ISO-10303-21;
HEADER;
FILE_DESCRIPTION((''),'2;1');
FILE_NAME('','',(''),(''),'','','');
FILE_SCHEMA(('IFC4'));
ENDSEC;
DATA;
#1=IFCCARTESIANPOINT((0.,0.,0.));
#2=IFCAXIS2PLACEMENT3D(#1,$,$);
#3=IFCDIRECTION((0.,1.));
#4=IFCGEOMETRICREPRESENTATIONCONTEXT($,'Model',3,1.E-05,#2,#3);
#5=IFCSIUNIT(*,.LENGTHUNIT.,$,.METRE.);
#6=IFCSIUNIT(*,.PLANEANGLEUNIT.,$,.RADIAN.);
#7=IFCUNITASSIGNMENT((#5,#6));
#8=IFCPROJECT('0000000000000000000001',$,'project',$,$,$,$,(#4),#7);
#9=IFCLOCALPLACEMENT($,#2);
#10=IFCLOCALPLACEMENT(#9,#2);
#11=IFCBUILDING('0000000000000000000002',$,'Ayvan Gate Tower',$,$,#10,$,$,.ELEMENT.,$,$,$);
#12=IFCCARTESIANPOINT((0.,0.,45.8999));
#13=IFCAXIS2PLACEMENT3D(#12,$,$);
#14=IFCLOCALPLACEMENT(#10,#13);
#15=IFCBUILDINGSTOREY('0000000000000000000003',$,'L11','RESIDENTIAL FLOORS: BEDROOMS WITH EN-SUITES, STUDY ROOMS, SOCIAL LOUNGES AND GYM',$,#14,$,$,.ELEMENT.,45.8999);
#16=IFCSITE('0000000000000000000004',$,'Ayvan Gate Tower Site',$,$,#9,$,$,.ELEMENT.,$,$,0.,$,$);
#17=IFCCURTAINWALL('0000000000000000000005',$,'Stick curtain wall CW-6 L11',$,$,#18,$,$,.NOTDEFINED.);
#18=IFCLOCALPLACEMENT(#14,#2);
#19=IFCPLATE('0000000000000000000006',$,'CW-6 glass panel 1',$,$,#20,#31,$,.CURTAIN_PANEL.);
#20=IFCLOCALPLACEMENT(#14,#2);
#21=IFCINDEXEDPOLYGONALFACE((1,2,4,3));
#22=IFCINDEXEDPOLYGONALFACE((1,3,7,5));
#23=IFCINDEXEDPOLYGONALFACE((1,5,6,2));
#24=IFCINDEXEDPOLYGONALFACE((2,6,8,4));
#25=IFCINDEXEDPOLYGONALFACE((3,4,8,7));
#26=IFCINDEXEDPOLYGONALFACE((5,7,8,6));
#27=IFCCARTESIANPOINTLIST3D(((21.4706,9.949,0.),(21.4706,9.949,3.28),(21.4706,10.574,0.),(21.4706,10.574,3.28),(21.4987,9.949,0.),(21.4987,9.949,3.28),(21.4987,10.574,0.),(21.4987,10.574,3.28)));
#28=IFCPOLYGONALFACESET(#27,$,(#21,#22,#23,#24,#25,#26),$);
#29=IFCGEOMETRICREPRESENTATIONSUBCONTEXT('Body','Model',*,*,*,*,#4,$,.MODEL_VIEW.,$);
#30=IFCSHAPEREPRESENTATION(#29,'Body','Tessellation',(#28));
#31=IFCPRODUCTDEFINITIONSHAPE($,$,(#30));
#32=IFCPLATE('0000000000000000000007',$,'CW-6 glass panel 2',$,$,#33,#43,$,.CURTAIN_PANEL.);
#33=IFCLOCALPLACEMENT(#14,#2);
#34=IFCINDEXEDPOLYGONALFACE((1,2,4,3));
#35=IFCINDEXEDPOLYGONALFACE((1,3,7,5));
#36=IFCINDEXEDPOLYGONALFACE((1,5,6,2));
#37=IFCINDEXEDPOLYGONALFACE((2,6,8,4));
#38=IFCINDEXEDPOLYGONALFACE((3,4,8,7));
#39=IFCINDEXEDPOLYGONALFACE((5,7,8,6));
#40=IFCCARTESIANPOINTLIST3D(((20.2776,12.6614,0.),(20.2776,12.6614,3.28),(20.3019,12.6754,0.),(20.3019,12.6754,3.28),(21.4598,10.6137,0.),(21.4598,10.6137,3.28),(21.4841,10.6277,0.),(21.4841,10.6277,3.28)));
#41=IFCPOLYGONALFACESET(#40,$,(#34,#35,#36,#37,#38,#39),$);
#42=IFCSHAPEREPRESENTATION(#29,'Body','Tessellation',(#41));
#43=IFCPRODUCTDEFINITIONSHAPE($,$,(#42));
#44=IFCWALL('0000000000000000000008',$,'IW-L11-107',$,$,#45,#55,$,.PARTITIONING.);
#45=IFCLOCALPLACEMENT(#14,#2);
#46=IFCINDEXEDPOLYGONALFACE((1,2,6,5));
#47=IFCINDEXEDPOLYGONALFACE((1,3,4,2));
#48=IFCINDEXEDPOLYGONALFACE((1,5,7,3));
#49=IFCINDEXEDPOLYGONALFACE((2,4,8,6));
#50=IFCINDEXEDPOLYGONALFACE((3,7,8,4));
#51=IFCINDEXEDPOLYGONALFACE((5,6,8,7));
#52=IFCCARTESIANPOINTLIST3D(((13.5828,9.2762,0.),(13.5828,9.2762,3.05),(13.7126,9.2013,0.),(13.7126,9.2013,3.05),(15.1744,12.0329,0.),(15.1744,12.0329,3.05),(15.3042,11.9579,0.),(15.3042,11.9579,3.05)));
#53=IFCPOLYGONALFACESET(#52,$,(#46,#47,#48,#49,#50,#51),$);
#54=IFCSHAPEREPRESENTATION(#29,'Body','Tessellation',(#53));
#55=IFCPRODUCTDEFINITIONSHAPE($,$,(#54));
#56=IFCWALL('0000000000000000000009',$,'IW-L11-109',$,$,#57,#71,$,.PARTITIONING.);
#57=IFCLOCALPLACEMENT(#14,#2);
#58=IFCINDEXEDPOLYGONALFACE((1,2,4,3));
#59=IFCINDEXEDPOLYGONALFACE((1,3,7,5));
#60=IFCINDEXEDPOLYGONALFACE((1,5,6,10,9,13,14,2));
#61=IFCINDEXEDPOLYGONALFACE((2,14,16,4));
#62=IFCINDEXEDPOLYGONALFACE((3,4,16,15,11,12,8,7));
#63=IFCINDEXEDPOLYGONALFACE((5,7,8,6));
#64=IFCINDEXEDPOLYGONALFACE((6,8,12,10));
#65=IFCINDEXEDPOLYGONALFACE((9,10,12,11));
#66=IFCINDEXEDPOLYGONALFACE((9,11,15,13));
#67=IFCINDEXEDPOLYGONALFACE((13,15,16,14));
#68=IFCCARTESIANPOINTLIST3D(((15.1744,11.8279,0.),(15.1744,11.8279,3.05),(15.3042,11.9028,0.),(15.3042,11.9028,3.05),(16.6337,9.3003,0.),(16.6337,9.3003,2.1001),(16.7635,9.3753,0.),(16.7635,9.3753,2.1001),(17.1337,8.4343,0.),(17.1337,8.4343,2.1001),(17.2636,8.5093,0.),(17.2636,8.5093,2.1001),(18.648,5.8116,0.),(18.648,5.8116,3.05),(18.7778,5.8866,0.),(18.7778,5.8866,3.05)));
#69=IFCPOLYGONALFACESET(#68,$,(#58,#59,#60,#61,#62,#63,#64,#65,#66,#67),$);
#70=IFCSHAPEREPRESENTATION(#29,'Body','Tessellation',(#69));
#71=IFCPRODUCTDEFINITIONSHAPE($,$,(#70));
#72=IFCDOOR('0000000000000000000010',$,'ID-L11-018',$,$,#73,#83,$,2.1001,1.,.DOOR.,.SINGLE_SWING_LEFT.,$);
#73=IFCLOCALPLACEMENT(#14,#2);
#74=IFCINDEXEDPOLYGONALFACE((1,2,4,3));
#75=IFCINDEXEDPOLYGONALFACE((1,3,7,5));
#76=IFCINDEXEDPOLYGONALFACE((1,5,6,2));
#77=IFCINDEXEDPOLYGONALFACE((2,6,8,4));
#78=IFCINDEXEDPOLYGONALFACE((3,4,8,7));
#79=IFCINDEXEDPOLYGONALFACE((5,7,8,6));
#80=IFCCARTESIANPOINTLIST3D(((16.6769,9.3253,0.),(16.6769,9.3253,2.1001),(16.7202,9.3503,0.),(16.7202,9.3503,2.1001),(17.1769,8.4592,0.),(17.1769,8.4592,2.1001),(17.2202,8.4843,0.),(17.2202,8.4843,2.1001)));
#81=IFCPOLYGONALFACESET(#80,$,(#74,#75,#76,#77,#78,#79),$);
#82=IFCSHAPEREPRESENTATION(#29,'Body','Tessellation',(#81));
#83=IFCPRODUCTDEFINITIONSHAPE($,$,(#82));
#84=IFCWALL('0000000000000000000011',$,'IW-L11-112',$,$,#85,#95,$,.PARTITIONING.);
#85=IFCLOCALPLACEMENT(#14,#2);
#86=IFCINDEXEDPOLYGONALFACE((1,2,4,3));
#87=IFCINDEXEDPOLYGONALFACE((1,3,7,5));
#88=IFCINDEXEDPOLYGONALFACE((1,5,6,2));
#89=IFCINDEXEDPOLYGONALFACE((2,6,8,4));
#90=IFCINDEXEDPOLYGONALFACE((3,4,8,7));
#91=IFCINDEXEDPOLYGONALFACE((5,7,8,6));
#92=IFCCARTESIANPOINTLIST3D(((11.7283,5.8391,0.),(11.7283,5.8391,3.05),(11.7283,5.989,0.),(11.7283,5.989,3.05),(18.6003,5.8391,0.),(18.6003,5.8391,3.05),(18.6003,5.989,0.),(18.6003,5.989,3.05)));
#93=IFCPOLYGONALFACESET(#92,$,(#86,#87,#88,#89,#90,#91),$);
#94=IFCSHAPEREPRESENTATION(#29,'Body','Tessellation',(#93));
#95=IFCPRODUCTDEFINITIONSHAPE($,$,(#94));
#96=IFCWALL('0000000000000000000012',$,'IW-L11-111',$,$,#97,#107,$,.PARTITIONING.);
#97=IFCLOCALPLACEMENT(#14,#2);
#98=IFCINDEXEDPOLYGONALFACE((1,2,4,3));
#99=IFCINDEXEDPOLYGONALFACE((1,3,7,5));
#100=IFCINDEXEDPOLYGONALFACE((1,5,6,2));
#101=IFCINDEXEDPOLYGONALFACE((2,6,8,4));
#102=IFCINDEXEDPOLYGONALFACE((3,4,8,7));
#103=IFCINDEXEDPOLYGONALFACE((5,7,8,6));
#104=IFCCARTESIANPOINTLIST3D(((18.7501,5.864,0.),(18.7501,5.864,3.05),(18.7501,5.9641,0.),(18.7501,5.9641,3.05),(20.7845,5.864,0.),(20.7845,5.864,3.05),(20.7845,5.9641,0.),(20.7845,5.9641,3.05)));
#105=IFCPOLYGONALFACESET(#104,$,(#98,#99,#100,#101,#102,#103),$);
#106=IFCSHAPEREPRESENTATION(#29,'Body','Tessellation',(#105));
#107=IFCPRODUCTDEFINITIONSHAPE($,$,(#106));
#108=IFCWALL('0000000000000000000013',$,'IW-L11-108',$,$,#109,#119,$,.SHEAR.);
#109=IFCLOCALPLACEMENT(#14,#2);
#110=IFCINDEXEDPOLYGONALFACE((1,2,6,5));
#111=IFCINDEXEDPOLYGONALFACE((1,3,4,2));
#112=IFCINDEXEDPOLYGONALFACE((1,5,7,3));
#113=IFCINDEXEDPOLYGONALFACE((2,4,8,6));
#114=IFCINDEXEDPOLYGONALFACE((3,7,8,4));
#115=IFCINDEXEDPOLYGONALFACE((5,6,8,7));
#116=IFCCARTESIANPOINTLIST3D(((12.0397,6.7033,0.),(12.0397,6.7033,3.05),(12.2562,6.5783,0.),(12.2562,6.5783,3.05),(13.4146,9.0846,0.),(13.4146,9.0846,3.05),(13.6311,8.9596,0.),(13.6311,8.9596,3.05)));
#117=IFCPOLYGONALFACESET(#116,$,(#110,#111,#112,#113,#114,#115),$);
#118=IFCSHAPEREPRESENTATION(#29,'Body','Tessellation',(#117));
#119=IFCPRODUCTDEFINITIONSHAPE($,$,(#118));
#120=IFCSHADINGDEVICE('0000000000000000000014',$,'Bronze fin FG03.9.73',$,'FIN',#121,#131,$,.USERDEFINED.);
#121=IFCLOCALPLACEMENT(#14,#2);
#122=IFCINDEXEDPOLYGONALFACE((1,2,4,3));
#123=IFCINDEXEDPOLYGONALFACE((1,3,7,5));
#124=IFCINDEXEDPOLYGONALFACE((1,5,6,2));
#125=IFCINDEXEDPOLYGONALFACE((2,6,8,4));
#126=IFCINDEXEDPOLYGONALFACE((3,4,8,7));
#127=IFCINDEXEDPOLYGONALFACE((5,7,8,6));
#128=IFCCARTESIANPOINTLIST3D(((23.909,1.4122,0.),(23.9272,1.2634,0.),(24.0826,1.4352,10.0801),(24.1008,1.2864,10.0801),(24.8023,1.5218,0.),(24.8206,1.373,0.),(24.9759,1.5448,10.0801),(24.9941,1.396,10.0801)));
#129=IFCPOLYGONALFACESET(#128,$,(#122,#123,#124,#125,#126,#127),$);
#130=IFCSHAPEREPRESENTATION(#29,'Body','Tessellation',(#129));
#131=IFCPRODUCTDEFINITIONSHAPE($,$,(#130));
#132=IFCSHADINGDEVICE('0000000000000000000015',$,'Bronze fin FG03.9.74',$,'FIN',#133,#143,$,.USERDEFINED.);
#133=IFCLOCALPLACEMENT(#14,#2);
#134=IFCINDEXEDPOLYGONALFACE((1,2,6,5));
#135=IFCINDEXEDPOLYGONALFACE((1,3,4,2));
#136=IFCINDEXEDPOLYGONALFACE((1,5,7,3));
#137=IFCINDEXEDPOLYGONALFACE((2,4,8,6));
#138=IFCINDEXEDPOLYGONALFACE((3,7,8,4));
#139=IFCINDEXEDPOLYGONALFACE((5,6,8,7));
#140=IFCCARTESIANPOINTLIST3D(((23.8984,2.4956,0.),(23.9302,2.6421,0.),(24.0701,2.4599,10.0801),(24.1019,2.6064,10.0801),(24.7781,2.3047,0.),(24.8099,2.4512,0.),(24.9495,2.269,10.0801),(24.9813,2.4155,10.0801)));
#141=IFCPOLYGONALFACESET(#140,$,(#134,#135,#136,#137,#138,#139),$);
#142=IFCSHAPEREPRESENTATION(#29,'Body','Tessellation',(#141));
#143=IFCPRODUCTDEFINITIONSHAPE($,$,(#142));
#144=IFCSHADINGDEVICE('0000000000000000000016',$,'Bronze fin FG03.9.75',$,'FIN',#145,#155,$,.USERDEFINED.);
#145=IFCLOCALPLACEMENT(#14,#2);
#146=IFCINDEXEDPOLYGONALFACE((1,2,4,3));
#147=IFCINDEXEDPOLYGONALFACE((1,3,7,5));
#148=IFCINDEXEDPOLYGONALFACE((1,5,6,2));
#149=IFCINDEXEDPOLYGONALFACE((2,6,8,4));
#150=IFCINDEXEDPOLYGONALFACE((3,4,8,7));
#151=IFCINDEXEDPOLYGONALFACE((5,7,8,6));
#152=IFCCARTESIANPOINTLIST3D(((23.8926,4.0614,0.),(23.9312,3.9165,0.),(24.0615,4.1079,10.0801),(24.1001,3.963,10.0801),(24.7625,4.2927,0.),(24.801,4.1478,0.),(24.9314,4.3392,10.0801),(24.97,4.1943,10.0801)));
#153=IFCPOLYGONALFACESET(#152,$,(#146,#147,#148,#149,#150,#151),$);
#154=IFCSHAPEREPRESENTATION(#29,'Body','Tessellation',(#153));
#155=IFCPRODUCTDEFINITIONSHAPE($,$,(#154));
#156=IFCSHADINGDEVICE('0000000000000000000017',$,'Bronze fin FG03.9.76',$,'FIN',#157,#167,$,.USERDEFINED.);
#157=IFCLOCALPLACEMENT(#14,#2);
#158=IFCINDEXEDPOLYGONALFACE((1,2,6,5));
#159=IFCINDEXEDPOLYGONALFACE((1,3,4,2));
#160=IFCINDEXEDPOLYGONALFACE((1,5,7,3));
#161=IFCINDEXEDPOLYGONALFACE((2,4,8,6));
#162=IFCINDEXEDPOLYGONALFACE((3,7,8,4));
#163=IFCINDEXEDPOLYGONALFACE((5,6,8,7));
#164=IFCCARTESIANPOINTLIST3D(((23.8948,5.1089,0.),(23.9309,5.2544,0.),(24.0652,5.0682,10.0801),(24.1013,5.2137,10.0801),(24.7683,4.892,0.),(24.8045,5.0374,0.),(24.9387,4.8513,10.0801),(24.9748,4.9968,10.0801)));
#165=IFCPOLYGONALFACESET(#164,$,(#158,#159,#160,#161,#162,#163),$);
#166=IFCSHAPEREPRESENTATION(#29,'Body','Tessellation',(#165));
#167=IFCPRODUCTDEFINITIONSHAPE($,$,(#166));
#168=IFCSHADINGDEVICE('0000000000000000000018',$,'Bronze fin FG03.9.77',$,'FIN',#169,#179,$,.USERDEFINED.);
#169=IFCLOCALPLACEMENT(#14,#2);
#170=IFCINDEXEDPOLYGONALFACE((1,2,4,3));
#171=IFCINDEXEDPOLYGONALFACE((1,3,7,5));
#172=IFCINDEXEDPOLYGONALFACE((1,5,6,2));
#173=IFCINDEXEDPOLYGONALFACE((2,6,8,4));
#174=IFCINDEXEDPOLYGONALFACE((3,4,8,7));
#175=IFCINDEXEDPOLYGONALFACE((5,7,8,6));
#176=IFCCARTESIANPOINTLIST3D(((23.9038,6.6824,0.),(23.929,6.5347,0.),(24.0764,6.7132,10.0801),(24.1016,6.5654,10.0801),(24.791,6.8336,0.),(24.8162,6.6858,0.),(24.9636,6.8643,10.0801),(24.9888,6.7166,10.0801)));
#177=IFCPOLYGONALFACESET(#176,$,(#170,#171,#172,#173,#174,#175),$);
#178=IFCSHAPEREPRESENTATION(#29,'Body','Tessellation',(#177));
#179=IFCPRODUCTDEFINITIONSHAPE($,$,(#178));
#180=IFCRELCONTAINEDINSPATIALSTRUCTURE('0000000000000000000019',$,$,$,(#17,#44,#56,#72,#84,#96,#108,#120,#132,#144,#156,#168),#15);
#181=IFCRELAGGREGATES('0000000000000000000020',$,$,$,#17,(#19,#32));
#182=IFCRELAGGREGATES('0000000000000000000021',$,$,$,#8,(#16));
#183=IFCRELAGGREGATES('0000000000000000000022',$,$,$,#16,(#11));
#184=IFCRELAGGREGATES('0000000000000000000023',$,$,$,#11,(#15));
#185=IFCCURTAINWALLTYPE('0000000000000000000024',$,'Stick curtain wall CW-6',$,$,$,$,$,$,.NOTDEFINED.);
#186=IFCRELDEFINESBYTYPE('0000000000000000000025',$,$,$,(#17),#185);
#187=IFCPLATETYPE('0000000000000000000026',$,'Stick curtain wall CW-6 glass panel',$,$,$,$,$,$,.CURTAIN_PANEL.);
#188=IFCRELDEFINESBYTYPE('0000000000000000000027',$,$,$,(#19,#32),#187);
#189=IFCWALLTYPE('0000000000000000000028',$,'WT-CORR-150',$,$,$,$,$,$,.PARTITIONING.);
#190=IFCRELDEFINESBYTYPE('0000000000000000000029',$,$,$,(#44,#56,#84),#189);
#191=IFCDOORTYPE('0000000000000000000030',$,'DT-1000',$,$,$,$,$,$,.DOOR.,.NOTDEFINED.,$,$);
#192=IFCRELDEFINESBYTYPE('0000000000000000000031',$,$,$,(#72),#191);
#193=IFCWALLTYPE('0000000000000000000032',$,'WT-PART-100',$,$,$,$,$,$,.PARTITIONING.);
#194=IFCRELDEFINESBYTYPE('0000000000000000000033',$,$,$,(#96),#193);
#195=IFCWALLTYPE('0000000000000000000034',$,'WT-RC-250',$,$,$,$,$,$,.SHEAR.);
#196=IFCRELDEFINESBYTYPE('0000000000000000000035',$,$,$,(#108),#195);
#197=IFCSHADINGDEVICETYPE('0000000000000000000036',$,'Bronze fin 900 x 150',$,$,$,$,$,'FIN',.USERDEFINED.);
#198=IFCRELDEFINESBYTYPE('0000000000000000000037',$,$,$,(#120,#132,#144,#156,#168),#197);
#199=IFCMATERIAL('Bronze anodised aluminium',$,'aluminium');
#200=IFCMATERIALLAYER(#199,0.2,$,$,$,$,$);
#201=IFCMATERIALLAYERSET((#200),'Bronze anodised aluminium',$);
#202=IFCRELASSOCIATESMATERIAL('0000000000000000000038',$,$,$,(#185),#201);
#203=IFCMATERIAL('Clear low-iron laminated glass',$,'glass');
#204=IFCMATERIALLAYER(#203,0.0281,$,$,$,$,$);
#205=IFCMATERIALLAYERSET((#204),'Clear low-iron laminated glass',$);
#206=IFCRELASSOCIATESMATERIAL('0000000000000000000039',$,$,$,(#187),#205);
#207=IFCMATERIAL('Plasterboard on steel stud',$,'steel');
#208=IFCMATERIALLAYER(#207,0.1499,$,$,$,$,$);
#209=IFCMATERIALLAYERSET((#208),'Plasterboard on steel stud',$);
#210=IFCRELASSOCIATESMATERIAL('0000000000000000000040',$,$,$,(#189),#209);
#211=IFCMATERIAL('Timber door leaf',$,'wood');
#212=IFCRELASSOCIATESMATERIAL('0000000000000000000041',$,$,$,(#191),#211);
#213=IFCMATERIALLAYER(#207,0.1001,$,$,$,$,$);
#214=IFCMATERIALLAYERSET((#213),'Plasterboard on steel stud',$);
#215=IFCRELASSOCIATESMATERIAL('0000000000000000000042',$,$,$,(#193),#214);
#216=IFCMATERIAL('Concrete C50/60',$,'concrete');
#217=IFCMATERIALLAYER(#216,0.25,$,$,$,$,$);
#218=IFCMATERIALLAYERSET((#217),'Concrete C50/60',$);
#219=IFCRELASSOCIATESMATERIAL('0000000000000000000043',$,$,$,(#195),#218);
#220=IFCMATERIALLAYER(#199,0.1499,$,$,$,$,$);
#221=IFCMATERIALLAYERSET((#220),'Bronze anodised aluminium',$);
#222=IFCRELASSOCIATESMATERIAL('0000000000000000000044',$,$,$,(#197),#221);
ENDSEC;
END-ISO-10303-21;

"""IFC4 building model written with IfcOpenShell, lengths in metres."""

from ifc_helpers import new_model, si_unit, direction, frame, frame_2d, origin, origin_2d, place, context, subcontext, project, spatial, polyline, rectangle, outline, extrude, material, layer, layer_set, type_object, element, fill, aggregate, save


model = new_model("IFC4")

# Units and contexts
model_context = context("Model", 3, precision=1e-05, world=origin(), true_north=direction((0.0, 1.0)))
body_context = subcontext(model_context, "Body", "Model", "MODEL_VIEW")
ifc_project = project(units=[si_unit("LENGTHUNIT", "METRE"), si_unit("PLANEANGLEUNIT", "RADIAN")], contexts=[model_context])

# Site, building, storey
site_placement = place(None, origin())
site = spatial("IfcSite", under=ifc_project, at=site_placement, Name="Ayvan Gate Tower Site", CompositionType="ELEMENT", RefElevation=0.0)
building_placement = place(site_placement, origin())
building = spatial("IfcBuilding", under=site, at=building_placement, Name="Ayvan Gate Tower", CompositionType="ELEMENT")
storey_placement = place(building_placement, frame((0.0, 0.0, 45.8999)))
storey = spatial("IfcBuildingStorey", under=building, at=storey_placement, Name="L11", Description="RESIDENTIAL FLOORS: BEDROOMS WITH EN-SUITES, STUDY ROOMS, SOCIAL LOUNGES AND GYM", CompositionType="ELEMENT", Elevation=45.8999)

# Curtain wall
ifc_material_1 = material(Name="Bronze anodised aluminium", Category="aluminium")
ifc_layer_1 = layer(ifc_material_1, 0.2)
ifc_layer_set_1 = layer_set([ifc_layer_1], Name="Bronze anodised aluminium")
curtain_wall_type_1 = type_object("IfcCurtainWallType", Name="Stick curtain wall CW-6", PredefinedType="NOTDEFINED", material=ifc_layer_set_1)
curtain_wall_1_placement = place(storey_placement, origin())
curtain_wall_1 = element("IfcCurtainWall", 1, at=curtain_wall_1_placement, inside=storey, type_object=curtain_wall_type_1, Name="Stick curtain wall CW-6 L11", PredefinedType="NOTDEFINED")

# Plates
ifc_material_2 = material(Name="Clear low-iron laminated glass", Category="glass")
ifc_layer_2 = layer(ifc_material_2, 0.0281)
ifc_layer_set_2 = layer_set([ifc_layer_2], Name="Clear low-iron laminated glass")
plate_type_1 = type_object("IfcPlateType", Name="Stick curtain wall CW-6 glass panel", PredefinedType="CURTAIN_PANEL", material=ifc_layer_set_2)
plate_1_placement = place(storey_placement, frame((21.4846, 10.2615, 0.0), z_axis=(0.0, 0.0, 1.0), x_axis=(0.0, 1.0, 0.0)))
plate_1 = element("IfcPlate", 2, at=plate_1_placement, type_object=plate_type_1, Name="CW-6 glass panel 1", PredefinedType="CURTAIN_PANEL", context=body_context, shape_type="SweptSolid", body=[
    extrude(rectangle(XDim=0.625, YDim=0.0281, at=origin_2d()), origin(), (0.0, 0.0, 1.0), 3.28),
])
plate_2_placement = place(storey_placement, frame((20.8809, 11.6445, 0.0), z_axis=(0.0, 0.0, 1.0), x_axis=(-0.5, 0.866025, 0.0)))
plate_2 = element("IfcPlate", 3, at=plate_2_placement, type_object=plate_type_1, Name="CW-6 glass panel 2", PredefinedType="CURTAIN_PANEL", context=body_context, shape_type="SweptSolid", body=[
    extrude(rectangle(XDim=2.3645, YDim=0.0281, at=origin_2d()), origin(), (0.0, 0.0, 1.0), 3.28),
])
aggregate(curtain_wall_1, [plate_1, plate_2])

# Wall
ifc_material_3 = material(Name="Plasterboard on steel stud", Category="steel")
ifc_layer_3 = layer(ifc_material_3, 0.1499)
ifc_layer_set_3 = layer_set([ifc_layer_3], Name="Plasterboard on steel stud")
wall_type_1 = type_object("IfcWallType", Name="WT-CORR-150", PredefinedType="PARTITIONING", material=ifc_layer_set_3)
wall_1_placement = place(storey_placement, frame((13.6477, 9.2388, 0.0), z_axis=(0.0, 0.0, 1.0), x_axis=(0.500008, 0.866021, 0.0)))
element("IfcWall", 4, at=wall_1_placement, inside=storey, type_object=wall_type_1, Name="IW-L11-107", PredefinedType="PARTITIONING", context=body_context, shape_type="SweptSolid", body=[
    extrude(rectangle(XDim=3.1831, YDim=0.1499, at=frame_2d((1.5916, 0.0))), origin(), (0.0, 0.0, 1.0), 3.05),
])

# Wall, opening, door
wall_2_placement = place(storey_placement, frame((15.2393, 11.8655, 0.0), z_axis=(0.0, 0.0, 1.0), x_axis=(0.500009, -0.86602, 0.0)))
wall_2 = element("IfcWall", 5, at=wall_2_placement, inside=storey, type_object=wall_type_1, Name="IW-L11-109", PredefinedType="PARTITIONING", context=body_context, shape_type="SweptSolid", body=[
    extrude(rectangle(XDim=6.947, YDim=0.1499, at=frame_2d((3.4736, 0.0))), origin(), (0.0, 0.0, 1.0), 3.05),
])
opening_placement = place(wall_2_placement, frame((2.9187, 0.0, 0.0)))
opening = element("IfcOpeningElement", 6, at=opening_placement, cuts=wall_2, PredefinedType="OPENING", context=body_context, shape_type="SweptSolid", body=[
    extrude(rectangle(XDim=1.0, YDim=2.1001, at=frame_2d((0.5, 1.05))), frame((0.0, 0.085, 0.0), z_axis=(0.0, -1.0, 0.0), x_axis=(1.0, 0.0, 0.0)), (0.0, 0.0, 1.0), 0.1699),
])
ifc_material_4 = material(Name="Timber door leaf", Category="wood")
door_type = type_object("IfcDoorType", Name="DT-1000", OperationType="NOTDEFINED", PredefinedType="DOOR", material=ifc_material_4)
door_placement = place(opening_placement, origin())
door = element("IfcDoor", 7, at=door_placement, inside=storey, type_object=door_type, Name="ID-L11-018", OperationType="SINGLE_SWING_LEFT", OverallHeight=2.1001, OverallWidth=1.0, PredefinedType="DOOR", context=body_context, shape_type="SweptSolid", body=[
    extrude(rectangle(XDim=1.0, YDim=2.1001, at=frame_2d((0.5, 1.05))), frame((0.0, 0.0249, 0.0), z_axis=(0.0, -1.0, 0.0), x_axis=(1.0, 0.0, 0.0)), (0.0, 0.0, 1.0), 0.05),
])
fill(opening, door)

# Walls
wall_3_placement = place(storey_placement, frame((18.6003, 5.9141, 0.0), z_axis=(0.0, 0.0, 1.0), x_axis=(-1.0, 0.0, 0.0)))
element("IfcWall", 8, at=wall_3_placement, inside=storey, type_object=wall_type_1, Name="IW-L11-112", PredefinedType="PARTITIONING", context=body_context, shape_type="SweptSolid", body=[
    extrude(rectangle(XDim=6.8721, YDim=0.1499, at=frame_2d((3.436, 0.0))), origin(), (0.0, 0.0, 1.0), 3.05),
])
ifc_layer_4 = layer(ifc_material_3, 0.1001)
ifc_layer_set_4 = layer_set([ifc_layer_4], Name="Plasterboard on steel stud")
wall_type_2 = type_object("IfcWallType", Name="WT-PART-100", PredefinedType="PARTITIONING", material=ifc_layer_set_4)
wall_4_placement = place(storey_placement, frame((18.7502, 5.9141, 0.0), z_axis=(0.0, 0.0, 1.0), x_axis=(1.0, 0.0, 0.0)))
element("IfcWall", 9, at=wall_4_placement, inside=storey, type_object=wall_type_2, Name="IW-L11-111", PredefinedType="PARTITIONING", context=body_context, shape_type="SweptSolid", body=[
    extrude(rectangle(XDim=2.0344, YDim=0.1001, at=frame_2d((1.0171, 0.0))), origin(), (0.0, 0.0, 1.0), 3.05),
])
ifc_material_5 = material(Name="Concrete C50/60", Category="concrete")
ifc_layer_5 = layer(ifc_material_5, 0.25)
ifc_layer_set_5 = layer_set([ifc_layer_5], Name="Concrete C50/60")
wall_type_3 = type_object("IfcWallType", Name="WT-RC-250", PredefinedType="SHEAR", material=ifc_layer_set_5)
wall_5_placement = place(storey_placement, frame((13.5229, 9.0222, 0.0), z_axis=(0.0, 0.0, 1.0), x_axis=(-0.500035, -0.866005, 0.0)))
element("IfcWall", 10, at=wall_5_placement, inside=storey, type_object=wall_type_3, Name="IW-L11-108", PredefinedType="SHEAR", context=body_context, shape_type="SweptSolid", body=[
    extrude(rectangle(XDim=2.7498, YDim=0.25, at=frame_2d((1.375, 0.0))), origin(), (0.0, 0.0, 1.0), 3.05),
])

# Shading devices
ifc_layer_6 = layer(ifc_material_1, 0.1499)
ifc_layer_set_6 = layer_set([ifc_layer_6], Name="Bronze anodised aluminium")
shading_device_type = type_object("IfcShadingDeviceType", Name="Bronze fin 900 x 150", ElementType="FIN", PredefinedType="USERDEFINED", material=ifc_layer_set_6)
shading_device_1_placement = place(storey_placement, frame((23.9272, 1.2634, 0.0), z_axis=(0.121798, -0.992555, 0.000162), x_axis=(0.992555, 0.121798, 0.0)))
element("IfcShadingDevice", 11, at=shading_device_1_placement, inside=storey, type_object=shading_device_type, Name="Bronze fin FG03.9.73", ObjectType="FIN", PredefinedType="USERDEFINED", context=body_context, shape_type="SweptSolid", body=[
    extrude(outline(polyline([(0.0, 0.0), (0.9, 0.0), (1.0751, 10.0801), (0.1751, 10.0801), (0.0, 0.0)])), origin(), (0.0, 0.0, -1.0), 0.1499),
])
shading_device_2_placement = place(storey_placement, frame((23.8984, 2.4956, 0.0), z_axis=(-0.212131, -0.977241, 0.000154), x_axis=(0.977241, -0.212131, 0.0)))
element("IfcShadingDevice", 12, at=shading_device_2_placement, inside=storey, type_object=shading_device_type, Name="Bronze fin FG03.9.74", ObjectType="FIN", PredefinedType="USERDEFINED", context=body_context, shape_type="SweptSolid", body=[
    extrude(outline(polyline([(0.0, 0.0), (0.9001, 0.0), (1.0752, 10.0801), (0.1753, 10.0801), (0.0, 0.0)])), origin(), (0.0, 0.0, -1.0), 0.1499),
])
shading_device_3_placement = place(storey_placement, frame((23.9312, 3.9165, 0.0), z_axis=(0.256996, -0.966413, 0.000152), x_axis=(0.966413, 0.256996, 0.0)))
element("IfcShadingDevice", 13, at=shading_device_3_placement, inside=storey, type_object=shading_device_type, Name="Bronze fin FG03.9.75", ObjectType="FIN", PredefinedType="USERDEFINED", context=body_context, shape_type="SweptSolid", body=[
    extrude(outline(polyline([(0.0, 0.0), (0.9001, 0.0), (1.0753, 10.0801), (0.1752, 10.0801), (0.0, 0.0)])), origin(), (0.0, 0.0, -1.0), 0.1499),
])
shading_device_4_placement = place(storey_placement, frame((23.8948, 5.1089, 0.0), z_axis=(-0.241004, -0.970524, 0.000161), x_axis=(0.970524, -0.241004, 0.0)))
element("IfcShadingDevice", 14, at=shading_device_4_placement, inside=storey, type_object=shading_device_type, Name="Bronze fin FG03.9.76", ObjectType="FIN", PredefinedType="USERDEFINED", context=body_context, shape_type="SweptSolid", body=[
    extrude(outline(polyline([(0.0, 0.0), (0.9001, 0.0), (1.0752, 10.0801), (0.1752, 10.0801), (0.0, 0.0)])), origin(), (0.0, 0.0, -1.0), 0.1499),
])
shading_device_5_placement = place(storey_placement, frame((23.929, 6.5347, 0.0), z_axis=(0.167917, -0.985801, 0.000133), x_axis=(0.985801, 0.167917, 0.0)))
element("IfcShadingDevice", 15, at=shading_device_5_placement, inside=storey, type_object=shading_device_type, Name="Bronze fin FG03.9.77", ObjectType="FIN", PredefinedType="USERDEFINED", context=body_context, shape_type="SweptSolid", body=[
    extrude(outline(polyline([(0.0, 0.0), (0.9, 0.0), (1.0753, 10.0801), (0.1753, 10.0801), (0.0, 0.0)])), origin(), (0.0, 0.0, -1.0), 0.1499),
])

save(model, "model.ifc")
